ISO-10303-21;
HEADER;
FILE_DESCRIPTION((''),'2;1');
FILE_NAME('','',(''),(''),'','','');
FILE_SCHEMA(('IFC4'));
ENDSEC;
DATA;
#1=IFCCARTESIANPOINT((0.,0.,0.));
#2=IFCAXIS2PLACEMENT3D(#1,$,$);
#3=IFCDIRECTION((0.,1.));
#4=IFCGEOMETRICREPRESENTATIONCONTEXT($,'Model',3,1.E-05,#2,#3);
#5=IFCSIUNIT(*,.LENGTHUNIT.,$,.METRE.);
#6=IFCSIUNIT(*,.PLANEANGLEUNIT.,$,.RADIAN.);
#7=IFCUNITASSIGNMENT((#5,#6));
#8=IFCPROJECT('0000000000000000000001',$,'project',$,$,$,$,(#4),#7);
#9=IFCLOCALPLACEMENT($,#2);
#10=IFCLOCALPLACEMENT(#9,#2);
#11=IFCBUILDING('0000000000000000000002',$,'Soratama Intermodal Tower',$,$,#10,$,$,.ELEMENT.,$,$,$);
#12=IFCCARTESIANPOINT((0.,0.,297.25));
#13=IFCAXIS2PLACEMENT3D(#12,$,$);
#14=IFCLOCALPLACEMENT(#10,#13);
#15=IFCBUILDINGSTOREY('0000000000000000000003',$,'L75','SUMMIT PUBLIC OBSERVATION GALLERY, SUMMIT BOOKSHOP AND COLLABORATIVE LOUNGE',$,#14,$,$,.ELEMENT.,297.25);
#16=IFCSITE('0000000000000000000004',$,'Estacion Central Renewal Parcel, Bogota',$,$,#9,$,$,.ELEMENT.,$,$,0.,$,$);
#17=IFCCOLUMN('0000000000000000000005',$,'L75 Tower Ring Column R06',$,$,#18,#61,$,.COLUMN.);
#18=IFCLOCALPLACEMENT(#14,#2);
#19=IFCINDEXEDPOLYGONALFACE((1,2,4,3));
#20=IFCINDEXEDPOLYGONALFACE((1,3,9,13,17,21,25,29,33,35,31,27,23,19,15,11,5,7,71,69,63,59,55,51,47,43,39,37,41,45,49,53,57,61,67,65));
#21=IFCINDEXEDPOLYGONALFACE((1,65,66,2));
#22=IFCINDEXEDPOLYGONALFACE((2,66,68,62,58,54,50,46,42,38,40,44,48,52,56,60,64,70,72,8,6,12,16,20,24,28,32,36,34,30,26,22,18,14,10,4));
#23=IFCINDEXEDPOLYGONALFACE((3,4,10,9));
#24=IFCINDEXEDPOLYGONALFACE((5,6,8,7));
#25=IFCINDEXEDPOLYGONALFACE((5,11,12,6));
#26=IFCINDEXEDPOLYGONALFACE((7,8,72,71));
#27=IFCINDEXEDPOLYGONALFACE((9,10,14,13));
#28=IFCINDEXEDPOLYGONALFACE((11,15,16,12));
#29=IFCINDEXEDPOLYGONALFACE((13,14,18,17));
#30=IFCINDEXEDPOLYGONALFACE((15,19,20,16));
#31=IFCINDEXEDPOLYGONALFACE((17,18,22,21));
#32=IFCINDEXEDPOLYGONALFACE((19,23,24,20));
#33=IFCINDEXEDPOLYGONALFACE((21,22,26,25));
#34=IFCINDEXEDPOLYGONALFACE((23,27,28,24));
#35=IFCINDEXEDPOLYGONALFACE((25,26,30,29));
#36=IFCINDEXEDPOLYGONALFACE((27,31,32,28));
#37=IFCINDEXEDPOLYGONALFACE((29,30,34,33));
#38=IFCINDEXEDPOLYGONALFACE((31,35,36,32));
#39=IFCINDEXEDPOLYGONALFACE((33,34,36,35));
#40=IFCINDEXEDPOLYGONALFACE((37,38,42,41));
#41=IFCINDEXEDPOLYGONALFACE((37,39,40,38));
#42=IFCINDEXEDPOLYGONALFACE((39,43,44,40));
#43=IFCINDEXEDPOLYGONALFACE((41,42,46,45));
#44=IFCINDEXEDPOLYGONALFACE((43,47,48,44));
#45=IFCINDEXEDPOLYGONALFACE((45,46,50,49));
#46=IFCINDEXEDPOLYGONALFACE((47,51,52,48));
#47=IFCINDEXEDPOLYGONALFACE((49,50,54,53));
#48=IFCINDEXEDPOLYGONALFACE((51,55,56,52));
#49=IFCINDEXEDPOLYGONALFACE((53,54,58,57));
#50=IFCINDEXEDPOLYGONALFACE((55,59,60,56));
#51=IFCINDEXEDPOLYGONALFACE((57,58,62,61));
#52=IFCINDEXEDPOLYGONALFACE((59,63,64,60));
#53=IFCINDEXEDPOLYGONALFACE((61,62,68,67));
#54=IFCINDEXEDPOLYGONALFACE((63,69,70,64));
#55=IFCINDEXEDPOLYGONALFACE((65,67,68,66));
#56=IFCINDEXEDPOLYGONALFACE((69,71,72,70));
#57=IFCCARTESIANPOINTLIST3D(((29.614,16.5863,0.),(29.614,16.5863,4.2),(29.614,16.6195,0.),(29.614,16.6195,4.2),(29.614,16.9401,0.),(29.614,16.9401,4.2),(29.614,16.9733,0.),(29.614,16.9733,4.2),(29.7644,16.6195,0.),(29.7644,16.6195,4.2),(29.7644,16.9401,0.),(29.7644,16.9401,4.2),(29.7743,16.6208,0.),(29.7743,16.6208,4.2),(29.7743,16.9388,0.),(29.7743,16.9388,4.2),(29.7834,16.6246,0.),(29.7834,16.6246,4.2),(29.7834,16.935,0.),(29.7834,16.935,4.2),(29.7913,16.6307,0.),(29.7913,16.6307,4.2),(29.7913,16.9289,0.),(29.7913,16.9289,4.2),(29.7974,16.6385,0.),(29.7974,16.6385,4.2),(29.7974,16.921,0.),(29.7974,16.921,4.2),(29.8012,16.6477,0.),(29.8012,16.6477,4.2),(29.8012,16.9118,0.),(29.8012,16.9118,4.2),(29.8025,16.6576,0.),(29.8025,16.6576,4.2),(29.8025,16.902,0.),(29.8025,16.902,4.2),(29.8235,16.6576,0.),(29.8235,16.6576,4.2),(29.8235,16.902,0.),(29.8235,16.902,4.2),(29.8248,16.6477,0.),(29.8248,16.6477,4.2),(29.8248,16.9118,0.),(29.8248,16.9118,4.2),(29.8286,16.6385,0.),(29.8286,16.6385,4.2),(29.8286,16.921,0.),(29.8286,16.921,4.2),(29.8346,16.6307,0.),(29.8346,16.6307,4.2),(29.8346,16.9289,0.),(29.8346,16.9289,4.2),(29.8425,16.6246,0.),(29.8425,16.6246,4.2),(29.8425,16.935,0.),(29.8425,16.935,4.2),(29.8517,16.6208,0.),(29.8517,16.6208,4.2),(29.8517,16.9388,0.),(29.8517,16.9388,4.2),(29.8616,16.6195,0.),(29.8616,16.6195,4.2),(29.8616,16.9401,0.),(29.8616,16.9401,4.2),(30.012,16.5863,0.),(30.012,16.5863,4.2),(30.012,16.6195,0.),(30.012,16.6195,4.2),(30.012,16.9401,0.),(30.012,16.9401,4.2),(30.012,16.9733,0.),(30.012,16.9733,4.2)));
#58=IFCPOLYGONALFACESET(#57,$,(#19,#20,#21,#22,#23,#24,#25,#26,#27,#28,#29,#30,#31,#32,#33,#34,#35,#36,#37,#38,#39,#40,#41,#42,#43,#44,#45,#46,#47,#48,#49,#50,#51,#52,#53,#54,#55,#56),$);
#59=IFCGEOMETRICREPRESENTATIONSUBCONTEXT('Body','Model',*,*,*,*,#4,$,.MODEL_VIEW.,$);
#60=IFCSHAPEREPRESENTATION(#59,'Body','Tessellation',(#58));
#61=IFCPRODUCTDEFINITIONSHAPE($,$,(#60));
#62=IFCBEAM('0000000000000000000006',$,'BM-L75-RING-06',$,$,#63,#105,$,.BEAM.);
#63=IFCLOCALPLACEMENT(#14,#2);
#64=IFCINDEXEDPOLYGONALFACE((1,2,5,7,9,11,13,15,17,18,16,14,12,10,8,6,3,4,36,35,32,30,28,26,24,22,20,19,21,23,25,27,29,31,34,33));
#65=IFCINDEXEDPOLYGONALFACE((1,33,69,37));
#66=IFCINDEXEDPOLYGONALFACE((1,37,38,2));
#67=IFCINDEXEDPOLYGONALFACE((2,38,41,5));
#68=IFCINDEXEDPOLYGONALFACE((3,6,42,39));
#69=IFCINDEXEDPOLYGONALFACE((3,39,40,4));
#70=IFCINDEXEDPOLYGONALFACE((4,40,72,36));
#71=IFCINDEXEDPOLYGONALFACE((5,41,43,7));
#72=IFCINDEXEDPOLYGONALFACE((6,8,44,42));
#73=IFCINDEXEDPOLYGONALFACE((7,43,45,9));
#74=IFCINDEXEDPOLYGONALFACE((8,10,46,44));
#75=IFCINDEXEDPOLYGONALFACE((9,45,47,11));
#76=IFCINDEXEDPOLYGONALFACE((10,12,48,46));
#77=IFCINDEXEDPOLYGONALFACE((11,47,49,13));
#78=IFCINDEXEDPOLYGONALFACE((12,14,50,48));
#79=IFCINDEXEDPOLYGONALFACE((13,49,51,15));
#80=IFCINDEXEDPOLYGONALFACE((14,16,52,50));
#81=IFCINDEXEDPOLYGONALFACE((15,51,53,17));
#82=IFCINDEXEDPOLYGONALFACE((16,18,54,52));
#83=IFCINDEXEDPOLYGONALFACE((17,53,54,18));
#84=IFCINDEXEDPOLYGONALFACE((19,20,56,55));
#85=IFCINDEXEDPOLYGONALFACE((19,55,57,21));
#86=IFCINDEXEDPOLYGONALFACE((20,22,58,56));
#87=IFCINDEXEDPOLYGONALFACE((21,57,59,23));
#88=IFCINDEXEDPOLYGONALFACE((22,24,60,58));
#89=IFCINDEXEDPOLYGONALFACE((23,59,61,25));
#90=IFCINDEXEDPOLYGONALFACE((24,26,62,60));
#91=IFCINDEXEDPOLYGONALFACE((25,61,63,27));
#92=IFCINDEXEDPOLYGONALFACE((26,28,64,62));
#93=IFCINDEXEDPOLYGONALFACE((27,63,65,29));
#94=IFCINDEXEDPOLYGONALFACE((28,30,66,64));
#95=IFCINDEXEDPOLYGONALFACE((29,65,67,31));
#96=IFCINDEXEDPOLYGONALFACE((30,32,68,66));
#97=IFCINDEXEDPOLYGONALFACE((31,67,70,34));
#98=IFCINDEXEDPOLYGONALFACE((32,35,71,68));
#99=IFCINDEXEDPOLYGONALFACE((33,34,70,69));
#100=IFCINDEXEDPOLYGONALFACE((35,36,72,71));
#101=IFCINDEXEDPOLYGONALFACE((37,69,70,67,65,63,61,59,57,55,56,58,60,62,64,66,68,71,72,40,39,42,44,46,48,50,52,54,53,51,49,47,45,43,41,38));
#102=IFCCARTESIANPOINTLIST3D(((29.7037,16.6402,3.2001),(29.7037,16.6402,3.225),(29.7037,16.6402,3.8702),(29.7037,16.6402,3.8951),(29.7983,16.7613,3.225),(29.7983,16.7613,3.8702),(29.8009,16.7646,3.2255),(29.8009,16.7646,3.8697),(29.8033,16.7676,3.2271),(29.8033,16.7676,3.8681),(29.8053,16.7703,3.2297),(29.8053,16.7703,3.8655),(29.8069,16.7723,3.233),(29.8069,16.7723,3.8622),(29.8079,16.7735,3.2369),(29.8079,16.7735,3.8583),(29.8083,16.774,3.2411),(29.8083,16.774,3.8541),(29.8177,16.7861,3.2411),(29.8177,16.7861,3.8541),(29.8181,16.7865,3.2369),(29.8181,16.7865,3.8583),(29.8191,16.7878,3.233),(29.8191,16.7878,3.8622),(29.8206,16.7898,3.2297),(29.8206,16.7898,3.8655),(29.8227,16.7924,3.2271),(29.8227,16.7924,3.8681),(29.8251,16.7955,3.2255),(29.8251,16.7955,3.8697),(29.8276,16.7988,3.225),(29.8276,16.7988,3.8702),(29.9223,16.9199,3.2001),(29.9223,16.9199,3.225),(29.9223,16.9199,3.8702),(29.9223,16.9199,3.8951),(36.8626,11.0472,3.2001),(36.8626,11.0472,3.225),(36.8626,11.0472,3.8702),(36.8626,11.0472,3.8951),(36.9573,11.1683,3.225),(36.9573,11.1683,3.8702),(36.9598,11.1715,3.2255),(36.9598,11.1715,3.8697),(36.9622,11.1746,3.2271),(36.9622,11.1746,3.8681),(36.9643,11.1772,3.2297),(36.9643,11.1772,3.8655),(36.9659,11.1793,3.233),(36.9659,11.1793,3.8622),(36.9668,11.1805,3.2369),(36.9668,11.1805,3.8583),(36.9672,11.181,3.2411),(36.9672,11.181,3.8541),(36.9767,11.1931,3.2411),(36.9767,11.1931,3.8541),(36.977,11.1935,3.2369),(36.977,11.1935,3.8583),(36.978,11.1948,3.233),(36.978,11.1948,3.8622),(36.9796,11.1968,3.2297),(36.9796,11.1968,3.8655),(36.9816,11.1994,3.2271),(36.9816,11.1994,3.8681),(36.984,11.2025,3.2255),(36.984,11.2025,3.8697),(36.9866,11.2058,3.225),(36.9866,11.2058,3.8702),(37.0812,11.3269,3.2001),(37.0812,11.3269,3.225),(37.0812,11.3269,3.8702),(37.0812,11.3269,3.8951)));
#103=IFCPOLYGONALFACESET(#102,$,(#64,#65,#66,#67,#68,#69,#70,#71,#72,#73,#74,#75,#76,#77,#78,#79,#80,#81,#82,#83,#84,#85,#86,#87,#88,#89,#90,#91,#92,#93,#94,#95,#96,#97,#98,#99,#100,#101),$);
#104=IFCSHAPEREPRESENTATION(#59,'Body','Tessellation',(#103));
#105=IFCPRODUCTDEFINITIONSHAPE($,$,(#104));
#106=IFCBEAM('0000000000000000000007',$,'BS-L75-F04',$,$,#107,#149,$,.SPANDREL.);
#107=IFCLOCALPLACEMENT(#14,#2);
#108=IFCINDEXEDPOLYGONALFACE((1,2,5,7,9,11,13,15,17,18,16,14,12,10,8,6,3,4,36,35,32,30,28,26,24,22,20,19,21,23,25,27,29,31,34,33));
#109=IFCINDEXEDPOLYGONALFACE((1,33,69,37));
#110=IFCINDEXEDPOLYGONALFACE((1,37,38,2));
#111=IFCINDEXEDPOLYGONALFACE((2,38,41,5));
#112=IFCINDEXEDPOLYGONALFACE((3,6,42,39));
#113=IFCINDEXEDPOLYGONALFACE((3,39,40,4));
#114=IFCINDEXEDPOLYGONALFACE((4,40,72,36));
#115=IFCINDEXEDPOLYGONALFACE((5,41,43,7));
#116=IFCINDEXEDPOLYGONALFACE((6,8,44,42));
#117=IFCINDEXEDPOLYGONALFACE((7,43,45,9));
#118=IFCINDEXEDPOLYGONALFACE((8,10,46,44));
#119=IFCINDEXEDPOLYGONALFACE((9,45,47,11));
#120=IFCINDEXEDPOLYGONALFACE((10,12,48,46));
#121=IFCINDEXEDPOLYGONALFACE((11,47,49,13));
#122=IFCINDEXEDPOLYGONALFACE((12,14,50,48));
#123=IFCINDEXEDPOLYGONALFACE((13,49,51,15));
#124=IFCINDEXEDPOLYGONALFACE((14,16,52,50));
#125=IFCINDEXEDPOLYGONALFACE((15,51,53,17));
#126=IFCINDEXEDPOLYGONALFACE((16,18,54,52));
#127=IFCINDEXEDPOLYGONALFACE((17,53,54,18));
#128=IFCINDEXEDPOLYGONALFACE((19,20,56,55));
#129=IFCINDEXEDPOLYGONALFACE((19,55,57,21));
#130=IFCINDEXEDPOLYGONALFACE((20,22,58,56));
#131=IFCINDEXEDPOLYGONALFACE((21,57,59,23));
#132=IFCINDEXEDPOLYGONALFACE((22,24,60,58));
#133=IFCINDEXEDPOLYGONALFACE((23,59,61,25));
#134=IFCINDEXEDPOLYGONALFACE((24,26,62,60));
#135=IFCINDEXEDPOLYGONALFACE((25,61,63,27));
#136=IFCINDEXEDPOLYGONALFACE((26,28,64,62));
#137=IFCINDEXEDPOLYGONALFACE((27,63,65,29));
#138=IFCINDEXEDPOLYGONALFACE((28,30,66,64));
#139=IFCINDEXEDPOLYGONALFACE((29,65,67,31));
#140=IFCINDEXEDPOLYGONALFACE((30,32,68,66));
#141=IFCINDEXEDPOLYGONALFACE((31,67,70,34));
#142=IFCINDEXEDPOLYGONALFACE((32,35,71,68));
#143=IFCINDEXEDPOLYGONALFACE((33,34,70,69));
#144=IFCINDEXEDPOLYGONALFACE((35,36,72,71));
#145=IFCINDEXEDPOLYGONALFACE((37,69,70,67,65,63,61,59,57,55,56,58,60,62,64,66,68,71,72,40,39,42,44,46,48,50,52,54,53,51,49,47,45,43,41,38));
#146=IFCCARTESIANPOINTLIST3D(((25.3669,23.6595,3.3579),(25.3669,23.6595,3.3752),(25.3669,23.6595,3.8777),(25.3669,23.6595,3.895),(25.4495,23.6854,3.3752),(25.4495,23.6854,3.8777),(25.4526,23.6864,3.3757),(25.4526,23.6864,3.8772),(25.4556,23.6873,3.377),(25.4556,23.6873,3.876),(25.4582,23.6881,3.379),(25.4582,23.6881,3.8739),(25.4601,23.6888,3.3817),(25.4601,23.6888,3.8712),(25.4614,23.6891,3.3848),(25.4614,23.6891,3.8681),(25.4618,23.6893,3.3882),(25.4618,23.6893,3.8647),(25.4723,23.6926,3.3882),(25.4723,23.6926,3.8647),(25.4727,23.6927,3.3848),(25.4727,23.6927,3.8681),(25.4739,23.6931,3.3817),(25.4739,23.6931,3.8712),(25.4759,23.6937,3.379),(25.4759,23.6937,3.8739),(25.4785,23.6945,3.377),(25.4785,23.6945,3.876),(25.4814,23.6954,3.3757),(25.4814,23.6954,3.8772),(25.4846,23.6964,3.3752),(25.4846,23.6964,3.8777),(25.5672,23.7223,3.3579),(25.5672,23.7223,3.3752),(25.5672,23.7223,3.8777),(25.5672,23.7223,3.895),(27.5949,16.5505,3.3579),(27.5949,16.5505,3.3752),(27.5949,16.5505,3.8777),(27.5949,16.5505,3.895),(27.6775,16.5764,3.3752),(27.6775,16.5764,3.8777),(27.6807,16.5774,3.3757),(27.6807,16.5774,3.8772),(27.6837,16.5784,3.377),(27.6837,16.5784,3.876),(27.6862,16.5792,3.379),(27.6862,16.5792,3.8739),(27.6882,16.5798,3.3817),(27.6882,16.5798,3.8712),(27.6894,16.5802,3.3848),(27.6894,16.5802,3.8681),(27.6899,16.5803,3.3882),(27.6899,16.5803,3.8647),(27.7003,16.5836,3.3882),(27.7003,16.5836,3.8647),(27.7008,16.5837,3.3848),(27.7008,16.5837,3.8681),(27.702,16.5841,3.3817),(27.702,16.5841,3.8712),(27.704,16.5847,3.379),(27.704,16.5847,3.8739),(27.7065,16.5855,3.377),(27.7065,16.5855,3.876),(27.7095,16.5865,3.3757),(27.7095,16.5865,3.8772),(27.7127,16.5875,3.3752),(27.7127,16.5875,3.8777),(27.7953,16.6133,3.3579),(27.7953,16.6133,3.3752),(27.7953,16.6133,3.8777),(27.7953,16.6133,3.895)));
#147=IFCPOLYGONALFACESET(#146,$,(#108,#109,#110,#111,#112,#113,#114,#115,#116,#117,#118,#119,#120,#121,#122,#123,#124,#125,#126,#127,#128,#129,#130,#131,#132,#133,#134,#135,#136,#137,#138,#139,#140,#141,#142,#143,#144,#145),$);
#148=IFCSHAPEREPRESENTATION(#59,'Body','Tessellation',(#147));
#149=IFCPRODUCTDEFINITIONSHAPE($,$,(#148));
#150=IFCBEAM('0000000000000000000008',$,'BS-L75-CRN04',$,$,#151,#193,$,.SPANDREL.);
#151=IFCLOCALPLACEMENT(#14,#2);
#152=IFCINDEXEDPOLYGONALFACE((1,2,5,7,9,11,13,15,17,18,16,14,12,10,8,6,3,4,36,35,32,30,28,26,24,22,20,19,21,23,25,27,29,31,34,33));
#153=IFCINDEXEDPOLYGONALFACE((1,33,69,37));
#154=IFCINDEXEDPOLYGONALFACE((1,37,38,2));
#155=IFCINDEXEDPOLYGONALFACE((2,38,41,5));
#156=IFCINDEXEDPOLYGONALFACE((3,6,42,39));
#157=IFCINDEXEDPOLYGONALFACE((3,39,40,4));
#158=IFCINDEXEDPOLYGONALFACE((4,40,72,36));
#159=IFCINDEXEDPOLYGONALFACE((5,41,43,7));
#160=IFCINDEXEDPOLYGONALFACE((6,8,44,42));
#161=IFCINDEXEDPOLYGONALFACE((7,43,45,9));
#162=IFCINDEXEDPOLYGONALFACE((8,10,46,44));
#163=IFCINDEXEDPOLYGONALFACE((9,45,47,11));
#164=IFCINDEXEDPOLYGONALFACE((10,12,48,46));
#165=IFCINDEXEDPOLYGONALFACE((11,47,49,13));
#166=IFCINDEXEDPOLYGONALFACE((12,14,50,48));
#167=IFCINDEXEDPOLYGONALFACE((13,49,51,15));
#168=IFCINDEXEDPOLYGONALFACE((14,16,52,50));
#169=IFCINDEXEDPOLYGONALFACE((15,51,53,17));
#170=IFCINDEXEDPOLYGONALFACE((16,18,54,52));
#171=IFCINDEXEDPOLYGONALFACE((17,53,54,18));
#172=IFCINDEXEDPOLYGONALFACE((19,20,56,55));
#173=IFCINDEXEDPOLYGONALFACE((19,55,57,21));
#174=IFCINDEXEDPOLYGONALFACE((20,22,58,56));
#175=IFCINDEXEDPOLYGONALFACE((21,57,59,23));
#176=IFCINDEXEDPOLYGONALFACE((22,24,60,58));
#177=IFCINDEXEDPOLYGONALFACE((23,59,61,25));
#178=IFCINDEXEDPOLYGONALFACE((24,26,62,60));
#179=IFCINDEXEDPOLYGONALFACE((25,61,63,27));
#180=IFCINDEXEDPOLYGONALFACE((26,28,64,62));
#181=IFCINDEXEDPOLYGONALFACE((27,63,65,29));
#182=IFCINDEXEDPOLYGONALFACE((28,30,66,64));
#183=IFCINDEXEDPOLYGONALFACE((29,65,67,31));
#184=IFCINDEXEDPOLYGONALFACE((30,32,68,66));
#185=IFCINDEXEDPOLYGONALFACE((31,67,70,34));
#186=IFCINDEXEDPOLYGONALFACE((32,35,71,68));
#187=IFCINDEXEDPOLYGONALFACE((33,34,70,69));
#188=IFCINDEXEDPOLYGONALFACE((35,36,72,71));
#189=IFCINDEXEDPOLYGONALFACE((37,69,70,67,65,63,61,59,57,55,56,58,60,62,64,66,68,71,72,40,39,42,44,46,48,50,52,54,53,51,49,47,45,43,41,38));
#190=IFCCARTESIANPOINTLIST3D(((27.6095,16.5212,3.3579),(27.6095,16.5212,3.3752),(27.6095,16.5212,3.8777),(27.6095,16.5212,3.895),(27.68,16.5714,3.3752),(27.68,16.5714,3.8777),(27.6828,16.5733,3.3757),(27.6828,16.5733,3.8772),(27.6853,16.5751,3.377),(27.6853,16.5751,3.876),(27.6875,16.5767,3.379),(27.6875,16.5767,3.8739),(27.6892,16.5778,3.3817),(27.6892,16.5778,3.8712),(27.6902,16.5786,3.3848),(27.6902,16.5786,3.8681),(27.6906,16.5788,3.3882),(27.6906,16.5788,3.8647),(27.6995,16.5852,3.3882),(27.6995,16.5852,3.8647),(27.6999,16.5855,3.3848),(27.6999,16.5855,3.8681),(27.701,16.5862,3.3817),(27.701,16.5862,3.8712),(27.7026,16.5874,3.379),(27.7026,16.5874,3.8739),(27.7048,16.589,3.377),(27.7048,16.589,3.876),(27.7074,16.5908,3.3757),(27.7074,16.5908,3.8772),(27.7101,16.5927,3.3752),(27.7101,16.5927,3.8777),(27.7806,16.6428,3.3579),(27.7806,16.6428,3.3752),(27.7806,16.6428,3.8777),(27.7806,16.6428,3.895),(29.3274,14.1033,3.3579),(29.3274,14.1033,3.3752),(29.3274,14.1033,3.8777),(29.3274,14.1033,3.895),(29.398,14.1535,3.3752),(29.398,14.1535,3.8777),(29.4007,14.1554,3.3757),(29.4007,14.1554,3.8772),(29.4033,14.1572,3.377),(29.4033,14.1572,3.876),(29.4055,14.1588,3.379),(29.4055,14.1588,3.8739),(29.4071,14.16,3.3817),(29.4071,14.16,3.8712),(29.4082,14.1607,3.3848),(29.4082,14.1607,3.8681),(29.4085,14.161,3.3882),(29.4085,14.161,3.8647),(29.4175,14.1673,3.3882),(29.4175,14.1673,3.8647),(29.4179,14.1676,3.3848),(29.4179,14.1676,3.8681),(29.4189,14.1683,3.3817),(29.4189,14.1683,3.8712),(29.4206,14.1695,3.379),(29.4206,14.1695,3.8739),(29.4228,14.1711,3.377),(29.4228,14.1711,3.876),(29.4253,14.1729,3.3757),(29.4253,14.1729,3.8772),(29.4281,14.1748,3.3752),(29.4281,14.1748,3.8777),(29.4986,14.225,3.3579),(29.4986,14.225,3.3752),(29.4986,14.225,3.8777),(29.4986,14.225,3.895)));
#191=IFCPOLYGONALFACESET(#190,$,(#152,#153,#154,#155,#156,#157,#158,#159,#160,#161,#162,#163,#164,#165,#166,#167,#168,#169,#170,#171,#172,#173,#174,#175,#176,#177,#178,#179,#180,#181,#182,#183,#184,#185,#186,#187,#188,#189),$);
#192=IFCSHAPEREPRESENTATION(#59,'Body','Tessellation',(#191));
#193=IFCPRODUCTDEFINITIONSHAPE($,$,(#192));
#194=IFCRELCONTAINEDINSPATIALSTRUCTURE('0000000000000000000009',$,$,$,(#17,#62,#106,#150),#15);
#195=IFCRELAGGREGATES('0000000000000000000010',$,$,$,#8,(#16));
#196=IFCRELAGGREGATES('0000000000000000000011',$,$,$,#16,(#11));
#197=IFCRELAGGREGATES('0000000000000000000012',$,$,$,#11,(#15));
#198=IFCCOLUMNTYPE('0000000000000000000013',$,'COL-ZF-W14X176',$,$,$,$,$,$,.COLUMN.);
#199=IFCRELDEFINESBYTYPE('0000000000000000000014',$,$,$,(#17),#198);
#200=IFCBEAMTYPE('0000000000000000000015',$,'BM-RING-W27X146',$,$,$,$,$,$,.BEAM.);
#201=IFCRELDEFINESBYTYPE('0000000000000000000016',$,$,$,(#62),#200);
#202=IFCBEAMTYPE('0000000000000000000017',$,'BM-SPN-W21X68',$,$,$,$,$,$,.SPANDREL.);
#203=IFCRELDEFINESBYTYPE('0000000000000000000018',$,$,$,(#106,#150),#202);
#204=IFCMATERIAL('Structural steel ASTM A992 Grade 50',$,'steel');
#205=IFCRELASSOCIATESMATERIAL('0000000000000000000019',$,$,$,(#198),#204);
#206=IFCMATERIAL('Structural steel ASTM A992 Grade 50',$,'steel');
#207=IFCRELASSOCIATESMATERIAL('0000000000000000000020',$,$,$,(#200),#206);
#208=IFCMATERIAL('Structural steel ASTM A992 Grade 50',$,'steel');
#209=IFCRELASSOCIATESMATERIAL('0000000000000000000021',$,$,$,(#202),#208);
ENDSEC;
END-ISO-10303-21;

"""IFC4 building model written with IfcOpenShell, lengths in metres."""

from ifc_helpers import new_model, si_unit, direction, frame, origin, origin_2d, place, context, subcontext, project, spatial, i_section, extrude, material, material_profile, profile_set, type_object, element, save


model = new_model("IFC4")

# Units and contexts
model_context = context("Model", 3, precision=1e-05, world=origin(), true_north=direction((0.0, 1.0)))
body_context = subcontext(model_context, "Body", "Model", "MODEL_VIEW")
ifc_project = project(units=[si_unit("LENGTHUNIT", "METRE"), si_unit("PLANEANGLEUNIT", "RADIAN")], contexts=[model_context])

# Site, building, storey
site_placement = place(None, origin())
site = spatial("IfcSite", under=ifc_project, at=site_placement, Name="Estacion Central Renewal Parcel, Bogota", CompositionType="ELEMENT", RefElevation=0.0)
building_placement = place(site_placement, origin())
building = spatial("IfcBuilding", under=site, at=building_placement, Name="Soratama Intermodal Tower", CompositionType="ELEMENT")
storey_placement = place(building_placement, frame((0.0, 0.0, 297.25)))
storey = spatial("IfcBuildingStorey", under=building, at=storey_placement, Name="L75", Description="SUMMIT PUBLIC OBSERVATION GALLERY, SUMMIT BOOKSHOP AND COLLABORATIVE LOUNGE", CompositionType="ELEMENT", Elevation=297.25)

# Column
ifc_material_1 = material(Name="Structural steel ASTM A992 Grade 50", Category="steel")
ifc_material_profile_1 = material_profile(ifc_material_1, i_section(OverallWidth=0.3979, OverallDepth=0.387, WebThickness=0.021, FlangeThickness=0.0332, FilletRadius=0.0381, at=origin_2d()), Name="W14X176")
ifc_profile_set_1 = profile_set([ifc_material_profile_1], Name="Structural steel ASTM A992 Grade 50")
column_type = type_object("IfcColumnType", Name="COL-ZF-W14X176", PredefinedType="COLUMN", material=ifc_profile_set_1)
column_placement = place(storey_placement, frame((29.813, 16.7798, 0.0), z_axis=(0.0, 0.0, 1.0), x_axis=(1.0, 0.0, 0.0)))
element("IfcColumn", 1, at=column_placement, inside=storey, type_object=column_type, Name="L75 Tower Ring Column R06", PredefinedType="COLUMN", context=body_context, shape_type="SweptSolid", body=[
    extrude(i_section(OverallWidth=0.3979, OverallDepth=0.387, WebThickness=0.021, FlangeThickness=0.0332, FilletRadius=0.0381, at=origin_2d()), origin(), (0.0, 0.0, 1.0), 4.2),
])

# Beams
ifc_material_2 = material(Name="Structural steel ASTM A992 Grade 50", Category="steel")
ifc_material_profile_2 = material_profile(ifc_material_2, i_section(OverallWidth=0.355, OverallDepth=0.6951, WebThickness=0.0154, FlangeThickness=0.0249, FilletRadius=0.0161, at=origin_2d()), Name="W27X146")
ifc_profile_set_2 = profile_set([ifc_material_profile_2], Name="Structural steel ASTM A992 Grade 50")
beam_type_1 = type_object("IfcBeamType", Name="BM-RING-W27X146", PredefinedType="BEAM", material=ifc_profile_set_2)
beam_1_placement = place(storey_placement, frame((29.813, 16.78, 3.5476), z_axis=(0.788019, -0.615651, 0.0), x_axis=(0.615651, 0.788019, 0.0)))
element("IfcBeam", 2, at=beam_1_placement, inside=storey, type_object=beam_type_1, Name="BM-L75-RING-06", PredefinedType="BEAM", context=body_context, shape_type="SweptSolid", body=[
    extrude(i_section(OverallWidth=0.355, OverallDepth=0.6951, WebThickness=0.0154, FlangeThickness=0.0249, FilletRadius=0.0161, at=origin_2d()), origin(), (0.0, 0.0, 1.0), 9.0847),
])
ifc_material_3 = material(Name="Structural steel ASTM A992 Grade 50", Category="steel")
ifc_material_profile_3 = material_profile(ifc_material_3, i_section(OverallWidth=0.21, OverallDepth=0.5371, WebThickness=0.011, FlangeThickness=0.0173, FilletRadius=0.0129, at=origin_2d()), Name="W21X68")
ifc_profile_set_3 = profile_set([ifc_material_profile_3], Name="Structural steel ASTM A992 Grade 50")
beam_type_2 = type_object("IfcBeamType", Name="BM-SPN-W21X68", PredefinedType="SPANDREL", material=ifc_profile_set_3)
beam_2_placement = place(storey_placement, frame((25.467, 23.6909, 3.6265), z_axis=(0.29907, -0.954231, 0.0), x_axis=(0.954231, 0.29907, 0.0)))
element("IfcBeam", 3, at=beam_2_placement, inside=storey, type_object=beam_type_2, Name="BS-L75-F04", PredefinedType="SPANDREL", context=body_context, shape_type="SweptSolid", body=[
    extrude(i_section(OverallWidth=0.21, OverallDepth=0.5371, WebThickness=0.011, FlangeThickness=0.0173, FilletRadius=0.0129, at=origin_2d()), origin(), (0.0, 0.0, 1.0), 7.45),
])
beam_3_placement = place(storey_placement, frame((27.6951, 16.582, 3.6265), z_axis=(0.579204, -0.815182, 0.0), x_axis=(0.815182, 0.579204, 0.0)))
element("IfcBeam", 4, at=beam_3_placement, inside=storey, type_object=beam_type_2, Name="BS-L75-CRN04", PredefinedType="SPANDREL", context=body_context, shape_type="SweptSolid", body=[
    extrude(i_section(OverallWidth=0.21, OverallDepth=0.5371, WebThickness=0.011, FlangeThickness=0.0173, FilletRadius=0.0129, at=origin_2d()), origin(), (0.0, 0.0, 1.0), 2.9661),
])

save(model, "model.ifc")
